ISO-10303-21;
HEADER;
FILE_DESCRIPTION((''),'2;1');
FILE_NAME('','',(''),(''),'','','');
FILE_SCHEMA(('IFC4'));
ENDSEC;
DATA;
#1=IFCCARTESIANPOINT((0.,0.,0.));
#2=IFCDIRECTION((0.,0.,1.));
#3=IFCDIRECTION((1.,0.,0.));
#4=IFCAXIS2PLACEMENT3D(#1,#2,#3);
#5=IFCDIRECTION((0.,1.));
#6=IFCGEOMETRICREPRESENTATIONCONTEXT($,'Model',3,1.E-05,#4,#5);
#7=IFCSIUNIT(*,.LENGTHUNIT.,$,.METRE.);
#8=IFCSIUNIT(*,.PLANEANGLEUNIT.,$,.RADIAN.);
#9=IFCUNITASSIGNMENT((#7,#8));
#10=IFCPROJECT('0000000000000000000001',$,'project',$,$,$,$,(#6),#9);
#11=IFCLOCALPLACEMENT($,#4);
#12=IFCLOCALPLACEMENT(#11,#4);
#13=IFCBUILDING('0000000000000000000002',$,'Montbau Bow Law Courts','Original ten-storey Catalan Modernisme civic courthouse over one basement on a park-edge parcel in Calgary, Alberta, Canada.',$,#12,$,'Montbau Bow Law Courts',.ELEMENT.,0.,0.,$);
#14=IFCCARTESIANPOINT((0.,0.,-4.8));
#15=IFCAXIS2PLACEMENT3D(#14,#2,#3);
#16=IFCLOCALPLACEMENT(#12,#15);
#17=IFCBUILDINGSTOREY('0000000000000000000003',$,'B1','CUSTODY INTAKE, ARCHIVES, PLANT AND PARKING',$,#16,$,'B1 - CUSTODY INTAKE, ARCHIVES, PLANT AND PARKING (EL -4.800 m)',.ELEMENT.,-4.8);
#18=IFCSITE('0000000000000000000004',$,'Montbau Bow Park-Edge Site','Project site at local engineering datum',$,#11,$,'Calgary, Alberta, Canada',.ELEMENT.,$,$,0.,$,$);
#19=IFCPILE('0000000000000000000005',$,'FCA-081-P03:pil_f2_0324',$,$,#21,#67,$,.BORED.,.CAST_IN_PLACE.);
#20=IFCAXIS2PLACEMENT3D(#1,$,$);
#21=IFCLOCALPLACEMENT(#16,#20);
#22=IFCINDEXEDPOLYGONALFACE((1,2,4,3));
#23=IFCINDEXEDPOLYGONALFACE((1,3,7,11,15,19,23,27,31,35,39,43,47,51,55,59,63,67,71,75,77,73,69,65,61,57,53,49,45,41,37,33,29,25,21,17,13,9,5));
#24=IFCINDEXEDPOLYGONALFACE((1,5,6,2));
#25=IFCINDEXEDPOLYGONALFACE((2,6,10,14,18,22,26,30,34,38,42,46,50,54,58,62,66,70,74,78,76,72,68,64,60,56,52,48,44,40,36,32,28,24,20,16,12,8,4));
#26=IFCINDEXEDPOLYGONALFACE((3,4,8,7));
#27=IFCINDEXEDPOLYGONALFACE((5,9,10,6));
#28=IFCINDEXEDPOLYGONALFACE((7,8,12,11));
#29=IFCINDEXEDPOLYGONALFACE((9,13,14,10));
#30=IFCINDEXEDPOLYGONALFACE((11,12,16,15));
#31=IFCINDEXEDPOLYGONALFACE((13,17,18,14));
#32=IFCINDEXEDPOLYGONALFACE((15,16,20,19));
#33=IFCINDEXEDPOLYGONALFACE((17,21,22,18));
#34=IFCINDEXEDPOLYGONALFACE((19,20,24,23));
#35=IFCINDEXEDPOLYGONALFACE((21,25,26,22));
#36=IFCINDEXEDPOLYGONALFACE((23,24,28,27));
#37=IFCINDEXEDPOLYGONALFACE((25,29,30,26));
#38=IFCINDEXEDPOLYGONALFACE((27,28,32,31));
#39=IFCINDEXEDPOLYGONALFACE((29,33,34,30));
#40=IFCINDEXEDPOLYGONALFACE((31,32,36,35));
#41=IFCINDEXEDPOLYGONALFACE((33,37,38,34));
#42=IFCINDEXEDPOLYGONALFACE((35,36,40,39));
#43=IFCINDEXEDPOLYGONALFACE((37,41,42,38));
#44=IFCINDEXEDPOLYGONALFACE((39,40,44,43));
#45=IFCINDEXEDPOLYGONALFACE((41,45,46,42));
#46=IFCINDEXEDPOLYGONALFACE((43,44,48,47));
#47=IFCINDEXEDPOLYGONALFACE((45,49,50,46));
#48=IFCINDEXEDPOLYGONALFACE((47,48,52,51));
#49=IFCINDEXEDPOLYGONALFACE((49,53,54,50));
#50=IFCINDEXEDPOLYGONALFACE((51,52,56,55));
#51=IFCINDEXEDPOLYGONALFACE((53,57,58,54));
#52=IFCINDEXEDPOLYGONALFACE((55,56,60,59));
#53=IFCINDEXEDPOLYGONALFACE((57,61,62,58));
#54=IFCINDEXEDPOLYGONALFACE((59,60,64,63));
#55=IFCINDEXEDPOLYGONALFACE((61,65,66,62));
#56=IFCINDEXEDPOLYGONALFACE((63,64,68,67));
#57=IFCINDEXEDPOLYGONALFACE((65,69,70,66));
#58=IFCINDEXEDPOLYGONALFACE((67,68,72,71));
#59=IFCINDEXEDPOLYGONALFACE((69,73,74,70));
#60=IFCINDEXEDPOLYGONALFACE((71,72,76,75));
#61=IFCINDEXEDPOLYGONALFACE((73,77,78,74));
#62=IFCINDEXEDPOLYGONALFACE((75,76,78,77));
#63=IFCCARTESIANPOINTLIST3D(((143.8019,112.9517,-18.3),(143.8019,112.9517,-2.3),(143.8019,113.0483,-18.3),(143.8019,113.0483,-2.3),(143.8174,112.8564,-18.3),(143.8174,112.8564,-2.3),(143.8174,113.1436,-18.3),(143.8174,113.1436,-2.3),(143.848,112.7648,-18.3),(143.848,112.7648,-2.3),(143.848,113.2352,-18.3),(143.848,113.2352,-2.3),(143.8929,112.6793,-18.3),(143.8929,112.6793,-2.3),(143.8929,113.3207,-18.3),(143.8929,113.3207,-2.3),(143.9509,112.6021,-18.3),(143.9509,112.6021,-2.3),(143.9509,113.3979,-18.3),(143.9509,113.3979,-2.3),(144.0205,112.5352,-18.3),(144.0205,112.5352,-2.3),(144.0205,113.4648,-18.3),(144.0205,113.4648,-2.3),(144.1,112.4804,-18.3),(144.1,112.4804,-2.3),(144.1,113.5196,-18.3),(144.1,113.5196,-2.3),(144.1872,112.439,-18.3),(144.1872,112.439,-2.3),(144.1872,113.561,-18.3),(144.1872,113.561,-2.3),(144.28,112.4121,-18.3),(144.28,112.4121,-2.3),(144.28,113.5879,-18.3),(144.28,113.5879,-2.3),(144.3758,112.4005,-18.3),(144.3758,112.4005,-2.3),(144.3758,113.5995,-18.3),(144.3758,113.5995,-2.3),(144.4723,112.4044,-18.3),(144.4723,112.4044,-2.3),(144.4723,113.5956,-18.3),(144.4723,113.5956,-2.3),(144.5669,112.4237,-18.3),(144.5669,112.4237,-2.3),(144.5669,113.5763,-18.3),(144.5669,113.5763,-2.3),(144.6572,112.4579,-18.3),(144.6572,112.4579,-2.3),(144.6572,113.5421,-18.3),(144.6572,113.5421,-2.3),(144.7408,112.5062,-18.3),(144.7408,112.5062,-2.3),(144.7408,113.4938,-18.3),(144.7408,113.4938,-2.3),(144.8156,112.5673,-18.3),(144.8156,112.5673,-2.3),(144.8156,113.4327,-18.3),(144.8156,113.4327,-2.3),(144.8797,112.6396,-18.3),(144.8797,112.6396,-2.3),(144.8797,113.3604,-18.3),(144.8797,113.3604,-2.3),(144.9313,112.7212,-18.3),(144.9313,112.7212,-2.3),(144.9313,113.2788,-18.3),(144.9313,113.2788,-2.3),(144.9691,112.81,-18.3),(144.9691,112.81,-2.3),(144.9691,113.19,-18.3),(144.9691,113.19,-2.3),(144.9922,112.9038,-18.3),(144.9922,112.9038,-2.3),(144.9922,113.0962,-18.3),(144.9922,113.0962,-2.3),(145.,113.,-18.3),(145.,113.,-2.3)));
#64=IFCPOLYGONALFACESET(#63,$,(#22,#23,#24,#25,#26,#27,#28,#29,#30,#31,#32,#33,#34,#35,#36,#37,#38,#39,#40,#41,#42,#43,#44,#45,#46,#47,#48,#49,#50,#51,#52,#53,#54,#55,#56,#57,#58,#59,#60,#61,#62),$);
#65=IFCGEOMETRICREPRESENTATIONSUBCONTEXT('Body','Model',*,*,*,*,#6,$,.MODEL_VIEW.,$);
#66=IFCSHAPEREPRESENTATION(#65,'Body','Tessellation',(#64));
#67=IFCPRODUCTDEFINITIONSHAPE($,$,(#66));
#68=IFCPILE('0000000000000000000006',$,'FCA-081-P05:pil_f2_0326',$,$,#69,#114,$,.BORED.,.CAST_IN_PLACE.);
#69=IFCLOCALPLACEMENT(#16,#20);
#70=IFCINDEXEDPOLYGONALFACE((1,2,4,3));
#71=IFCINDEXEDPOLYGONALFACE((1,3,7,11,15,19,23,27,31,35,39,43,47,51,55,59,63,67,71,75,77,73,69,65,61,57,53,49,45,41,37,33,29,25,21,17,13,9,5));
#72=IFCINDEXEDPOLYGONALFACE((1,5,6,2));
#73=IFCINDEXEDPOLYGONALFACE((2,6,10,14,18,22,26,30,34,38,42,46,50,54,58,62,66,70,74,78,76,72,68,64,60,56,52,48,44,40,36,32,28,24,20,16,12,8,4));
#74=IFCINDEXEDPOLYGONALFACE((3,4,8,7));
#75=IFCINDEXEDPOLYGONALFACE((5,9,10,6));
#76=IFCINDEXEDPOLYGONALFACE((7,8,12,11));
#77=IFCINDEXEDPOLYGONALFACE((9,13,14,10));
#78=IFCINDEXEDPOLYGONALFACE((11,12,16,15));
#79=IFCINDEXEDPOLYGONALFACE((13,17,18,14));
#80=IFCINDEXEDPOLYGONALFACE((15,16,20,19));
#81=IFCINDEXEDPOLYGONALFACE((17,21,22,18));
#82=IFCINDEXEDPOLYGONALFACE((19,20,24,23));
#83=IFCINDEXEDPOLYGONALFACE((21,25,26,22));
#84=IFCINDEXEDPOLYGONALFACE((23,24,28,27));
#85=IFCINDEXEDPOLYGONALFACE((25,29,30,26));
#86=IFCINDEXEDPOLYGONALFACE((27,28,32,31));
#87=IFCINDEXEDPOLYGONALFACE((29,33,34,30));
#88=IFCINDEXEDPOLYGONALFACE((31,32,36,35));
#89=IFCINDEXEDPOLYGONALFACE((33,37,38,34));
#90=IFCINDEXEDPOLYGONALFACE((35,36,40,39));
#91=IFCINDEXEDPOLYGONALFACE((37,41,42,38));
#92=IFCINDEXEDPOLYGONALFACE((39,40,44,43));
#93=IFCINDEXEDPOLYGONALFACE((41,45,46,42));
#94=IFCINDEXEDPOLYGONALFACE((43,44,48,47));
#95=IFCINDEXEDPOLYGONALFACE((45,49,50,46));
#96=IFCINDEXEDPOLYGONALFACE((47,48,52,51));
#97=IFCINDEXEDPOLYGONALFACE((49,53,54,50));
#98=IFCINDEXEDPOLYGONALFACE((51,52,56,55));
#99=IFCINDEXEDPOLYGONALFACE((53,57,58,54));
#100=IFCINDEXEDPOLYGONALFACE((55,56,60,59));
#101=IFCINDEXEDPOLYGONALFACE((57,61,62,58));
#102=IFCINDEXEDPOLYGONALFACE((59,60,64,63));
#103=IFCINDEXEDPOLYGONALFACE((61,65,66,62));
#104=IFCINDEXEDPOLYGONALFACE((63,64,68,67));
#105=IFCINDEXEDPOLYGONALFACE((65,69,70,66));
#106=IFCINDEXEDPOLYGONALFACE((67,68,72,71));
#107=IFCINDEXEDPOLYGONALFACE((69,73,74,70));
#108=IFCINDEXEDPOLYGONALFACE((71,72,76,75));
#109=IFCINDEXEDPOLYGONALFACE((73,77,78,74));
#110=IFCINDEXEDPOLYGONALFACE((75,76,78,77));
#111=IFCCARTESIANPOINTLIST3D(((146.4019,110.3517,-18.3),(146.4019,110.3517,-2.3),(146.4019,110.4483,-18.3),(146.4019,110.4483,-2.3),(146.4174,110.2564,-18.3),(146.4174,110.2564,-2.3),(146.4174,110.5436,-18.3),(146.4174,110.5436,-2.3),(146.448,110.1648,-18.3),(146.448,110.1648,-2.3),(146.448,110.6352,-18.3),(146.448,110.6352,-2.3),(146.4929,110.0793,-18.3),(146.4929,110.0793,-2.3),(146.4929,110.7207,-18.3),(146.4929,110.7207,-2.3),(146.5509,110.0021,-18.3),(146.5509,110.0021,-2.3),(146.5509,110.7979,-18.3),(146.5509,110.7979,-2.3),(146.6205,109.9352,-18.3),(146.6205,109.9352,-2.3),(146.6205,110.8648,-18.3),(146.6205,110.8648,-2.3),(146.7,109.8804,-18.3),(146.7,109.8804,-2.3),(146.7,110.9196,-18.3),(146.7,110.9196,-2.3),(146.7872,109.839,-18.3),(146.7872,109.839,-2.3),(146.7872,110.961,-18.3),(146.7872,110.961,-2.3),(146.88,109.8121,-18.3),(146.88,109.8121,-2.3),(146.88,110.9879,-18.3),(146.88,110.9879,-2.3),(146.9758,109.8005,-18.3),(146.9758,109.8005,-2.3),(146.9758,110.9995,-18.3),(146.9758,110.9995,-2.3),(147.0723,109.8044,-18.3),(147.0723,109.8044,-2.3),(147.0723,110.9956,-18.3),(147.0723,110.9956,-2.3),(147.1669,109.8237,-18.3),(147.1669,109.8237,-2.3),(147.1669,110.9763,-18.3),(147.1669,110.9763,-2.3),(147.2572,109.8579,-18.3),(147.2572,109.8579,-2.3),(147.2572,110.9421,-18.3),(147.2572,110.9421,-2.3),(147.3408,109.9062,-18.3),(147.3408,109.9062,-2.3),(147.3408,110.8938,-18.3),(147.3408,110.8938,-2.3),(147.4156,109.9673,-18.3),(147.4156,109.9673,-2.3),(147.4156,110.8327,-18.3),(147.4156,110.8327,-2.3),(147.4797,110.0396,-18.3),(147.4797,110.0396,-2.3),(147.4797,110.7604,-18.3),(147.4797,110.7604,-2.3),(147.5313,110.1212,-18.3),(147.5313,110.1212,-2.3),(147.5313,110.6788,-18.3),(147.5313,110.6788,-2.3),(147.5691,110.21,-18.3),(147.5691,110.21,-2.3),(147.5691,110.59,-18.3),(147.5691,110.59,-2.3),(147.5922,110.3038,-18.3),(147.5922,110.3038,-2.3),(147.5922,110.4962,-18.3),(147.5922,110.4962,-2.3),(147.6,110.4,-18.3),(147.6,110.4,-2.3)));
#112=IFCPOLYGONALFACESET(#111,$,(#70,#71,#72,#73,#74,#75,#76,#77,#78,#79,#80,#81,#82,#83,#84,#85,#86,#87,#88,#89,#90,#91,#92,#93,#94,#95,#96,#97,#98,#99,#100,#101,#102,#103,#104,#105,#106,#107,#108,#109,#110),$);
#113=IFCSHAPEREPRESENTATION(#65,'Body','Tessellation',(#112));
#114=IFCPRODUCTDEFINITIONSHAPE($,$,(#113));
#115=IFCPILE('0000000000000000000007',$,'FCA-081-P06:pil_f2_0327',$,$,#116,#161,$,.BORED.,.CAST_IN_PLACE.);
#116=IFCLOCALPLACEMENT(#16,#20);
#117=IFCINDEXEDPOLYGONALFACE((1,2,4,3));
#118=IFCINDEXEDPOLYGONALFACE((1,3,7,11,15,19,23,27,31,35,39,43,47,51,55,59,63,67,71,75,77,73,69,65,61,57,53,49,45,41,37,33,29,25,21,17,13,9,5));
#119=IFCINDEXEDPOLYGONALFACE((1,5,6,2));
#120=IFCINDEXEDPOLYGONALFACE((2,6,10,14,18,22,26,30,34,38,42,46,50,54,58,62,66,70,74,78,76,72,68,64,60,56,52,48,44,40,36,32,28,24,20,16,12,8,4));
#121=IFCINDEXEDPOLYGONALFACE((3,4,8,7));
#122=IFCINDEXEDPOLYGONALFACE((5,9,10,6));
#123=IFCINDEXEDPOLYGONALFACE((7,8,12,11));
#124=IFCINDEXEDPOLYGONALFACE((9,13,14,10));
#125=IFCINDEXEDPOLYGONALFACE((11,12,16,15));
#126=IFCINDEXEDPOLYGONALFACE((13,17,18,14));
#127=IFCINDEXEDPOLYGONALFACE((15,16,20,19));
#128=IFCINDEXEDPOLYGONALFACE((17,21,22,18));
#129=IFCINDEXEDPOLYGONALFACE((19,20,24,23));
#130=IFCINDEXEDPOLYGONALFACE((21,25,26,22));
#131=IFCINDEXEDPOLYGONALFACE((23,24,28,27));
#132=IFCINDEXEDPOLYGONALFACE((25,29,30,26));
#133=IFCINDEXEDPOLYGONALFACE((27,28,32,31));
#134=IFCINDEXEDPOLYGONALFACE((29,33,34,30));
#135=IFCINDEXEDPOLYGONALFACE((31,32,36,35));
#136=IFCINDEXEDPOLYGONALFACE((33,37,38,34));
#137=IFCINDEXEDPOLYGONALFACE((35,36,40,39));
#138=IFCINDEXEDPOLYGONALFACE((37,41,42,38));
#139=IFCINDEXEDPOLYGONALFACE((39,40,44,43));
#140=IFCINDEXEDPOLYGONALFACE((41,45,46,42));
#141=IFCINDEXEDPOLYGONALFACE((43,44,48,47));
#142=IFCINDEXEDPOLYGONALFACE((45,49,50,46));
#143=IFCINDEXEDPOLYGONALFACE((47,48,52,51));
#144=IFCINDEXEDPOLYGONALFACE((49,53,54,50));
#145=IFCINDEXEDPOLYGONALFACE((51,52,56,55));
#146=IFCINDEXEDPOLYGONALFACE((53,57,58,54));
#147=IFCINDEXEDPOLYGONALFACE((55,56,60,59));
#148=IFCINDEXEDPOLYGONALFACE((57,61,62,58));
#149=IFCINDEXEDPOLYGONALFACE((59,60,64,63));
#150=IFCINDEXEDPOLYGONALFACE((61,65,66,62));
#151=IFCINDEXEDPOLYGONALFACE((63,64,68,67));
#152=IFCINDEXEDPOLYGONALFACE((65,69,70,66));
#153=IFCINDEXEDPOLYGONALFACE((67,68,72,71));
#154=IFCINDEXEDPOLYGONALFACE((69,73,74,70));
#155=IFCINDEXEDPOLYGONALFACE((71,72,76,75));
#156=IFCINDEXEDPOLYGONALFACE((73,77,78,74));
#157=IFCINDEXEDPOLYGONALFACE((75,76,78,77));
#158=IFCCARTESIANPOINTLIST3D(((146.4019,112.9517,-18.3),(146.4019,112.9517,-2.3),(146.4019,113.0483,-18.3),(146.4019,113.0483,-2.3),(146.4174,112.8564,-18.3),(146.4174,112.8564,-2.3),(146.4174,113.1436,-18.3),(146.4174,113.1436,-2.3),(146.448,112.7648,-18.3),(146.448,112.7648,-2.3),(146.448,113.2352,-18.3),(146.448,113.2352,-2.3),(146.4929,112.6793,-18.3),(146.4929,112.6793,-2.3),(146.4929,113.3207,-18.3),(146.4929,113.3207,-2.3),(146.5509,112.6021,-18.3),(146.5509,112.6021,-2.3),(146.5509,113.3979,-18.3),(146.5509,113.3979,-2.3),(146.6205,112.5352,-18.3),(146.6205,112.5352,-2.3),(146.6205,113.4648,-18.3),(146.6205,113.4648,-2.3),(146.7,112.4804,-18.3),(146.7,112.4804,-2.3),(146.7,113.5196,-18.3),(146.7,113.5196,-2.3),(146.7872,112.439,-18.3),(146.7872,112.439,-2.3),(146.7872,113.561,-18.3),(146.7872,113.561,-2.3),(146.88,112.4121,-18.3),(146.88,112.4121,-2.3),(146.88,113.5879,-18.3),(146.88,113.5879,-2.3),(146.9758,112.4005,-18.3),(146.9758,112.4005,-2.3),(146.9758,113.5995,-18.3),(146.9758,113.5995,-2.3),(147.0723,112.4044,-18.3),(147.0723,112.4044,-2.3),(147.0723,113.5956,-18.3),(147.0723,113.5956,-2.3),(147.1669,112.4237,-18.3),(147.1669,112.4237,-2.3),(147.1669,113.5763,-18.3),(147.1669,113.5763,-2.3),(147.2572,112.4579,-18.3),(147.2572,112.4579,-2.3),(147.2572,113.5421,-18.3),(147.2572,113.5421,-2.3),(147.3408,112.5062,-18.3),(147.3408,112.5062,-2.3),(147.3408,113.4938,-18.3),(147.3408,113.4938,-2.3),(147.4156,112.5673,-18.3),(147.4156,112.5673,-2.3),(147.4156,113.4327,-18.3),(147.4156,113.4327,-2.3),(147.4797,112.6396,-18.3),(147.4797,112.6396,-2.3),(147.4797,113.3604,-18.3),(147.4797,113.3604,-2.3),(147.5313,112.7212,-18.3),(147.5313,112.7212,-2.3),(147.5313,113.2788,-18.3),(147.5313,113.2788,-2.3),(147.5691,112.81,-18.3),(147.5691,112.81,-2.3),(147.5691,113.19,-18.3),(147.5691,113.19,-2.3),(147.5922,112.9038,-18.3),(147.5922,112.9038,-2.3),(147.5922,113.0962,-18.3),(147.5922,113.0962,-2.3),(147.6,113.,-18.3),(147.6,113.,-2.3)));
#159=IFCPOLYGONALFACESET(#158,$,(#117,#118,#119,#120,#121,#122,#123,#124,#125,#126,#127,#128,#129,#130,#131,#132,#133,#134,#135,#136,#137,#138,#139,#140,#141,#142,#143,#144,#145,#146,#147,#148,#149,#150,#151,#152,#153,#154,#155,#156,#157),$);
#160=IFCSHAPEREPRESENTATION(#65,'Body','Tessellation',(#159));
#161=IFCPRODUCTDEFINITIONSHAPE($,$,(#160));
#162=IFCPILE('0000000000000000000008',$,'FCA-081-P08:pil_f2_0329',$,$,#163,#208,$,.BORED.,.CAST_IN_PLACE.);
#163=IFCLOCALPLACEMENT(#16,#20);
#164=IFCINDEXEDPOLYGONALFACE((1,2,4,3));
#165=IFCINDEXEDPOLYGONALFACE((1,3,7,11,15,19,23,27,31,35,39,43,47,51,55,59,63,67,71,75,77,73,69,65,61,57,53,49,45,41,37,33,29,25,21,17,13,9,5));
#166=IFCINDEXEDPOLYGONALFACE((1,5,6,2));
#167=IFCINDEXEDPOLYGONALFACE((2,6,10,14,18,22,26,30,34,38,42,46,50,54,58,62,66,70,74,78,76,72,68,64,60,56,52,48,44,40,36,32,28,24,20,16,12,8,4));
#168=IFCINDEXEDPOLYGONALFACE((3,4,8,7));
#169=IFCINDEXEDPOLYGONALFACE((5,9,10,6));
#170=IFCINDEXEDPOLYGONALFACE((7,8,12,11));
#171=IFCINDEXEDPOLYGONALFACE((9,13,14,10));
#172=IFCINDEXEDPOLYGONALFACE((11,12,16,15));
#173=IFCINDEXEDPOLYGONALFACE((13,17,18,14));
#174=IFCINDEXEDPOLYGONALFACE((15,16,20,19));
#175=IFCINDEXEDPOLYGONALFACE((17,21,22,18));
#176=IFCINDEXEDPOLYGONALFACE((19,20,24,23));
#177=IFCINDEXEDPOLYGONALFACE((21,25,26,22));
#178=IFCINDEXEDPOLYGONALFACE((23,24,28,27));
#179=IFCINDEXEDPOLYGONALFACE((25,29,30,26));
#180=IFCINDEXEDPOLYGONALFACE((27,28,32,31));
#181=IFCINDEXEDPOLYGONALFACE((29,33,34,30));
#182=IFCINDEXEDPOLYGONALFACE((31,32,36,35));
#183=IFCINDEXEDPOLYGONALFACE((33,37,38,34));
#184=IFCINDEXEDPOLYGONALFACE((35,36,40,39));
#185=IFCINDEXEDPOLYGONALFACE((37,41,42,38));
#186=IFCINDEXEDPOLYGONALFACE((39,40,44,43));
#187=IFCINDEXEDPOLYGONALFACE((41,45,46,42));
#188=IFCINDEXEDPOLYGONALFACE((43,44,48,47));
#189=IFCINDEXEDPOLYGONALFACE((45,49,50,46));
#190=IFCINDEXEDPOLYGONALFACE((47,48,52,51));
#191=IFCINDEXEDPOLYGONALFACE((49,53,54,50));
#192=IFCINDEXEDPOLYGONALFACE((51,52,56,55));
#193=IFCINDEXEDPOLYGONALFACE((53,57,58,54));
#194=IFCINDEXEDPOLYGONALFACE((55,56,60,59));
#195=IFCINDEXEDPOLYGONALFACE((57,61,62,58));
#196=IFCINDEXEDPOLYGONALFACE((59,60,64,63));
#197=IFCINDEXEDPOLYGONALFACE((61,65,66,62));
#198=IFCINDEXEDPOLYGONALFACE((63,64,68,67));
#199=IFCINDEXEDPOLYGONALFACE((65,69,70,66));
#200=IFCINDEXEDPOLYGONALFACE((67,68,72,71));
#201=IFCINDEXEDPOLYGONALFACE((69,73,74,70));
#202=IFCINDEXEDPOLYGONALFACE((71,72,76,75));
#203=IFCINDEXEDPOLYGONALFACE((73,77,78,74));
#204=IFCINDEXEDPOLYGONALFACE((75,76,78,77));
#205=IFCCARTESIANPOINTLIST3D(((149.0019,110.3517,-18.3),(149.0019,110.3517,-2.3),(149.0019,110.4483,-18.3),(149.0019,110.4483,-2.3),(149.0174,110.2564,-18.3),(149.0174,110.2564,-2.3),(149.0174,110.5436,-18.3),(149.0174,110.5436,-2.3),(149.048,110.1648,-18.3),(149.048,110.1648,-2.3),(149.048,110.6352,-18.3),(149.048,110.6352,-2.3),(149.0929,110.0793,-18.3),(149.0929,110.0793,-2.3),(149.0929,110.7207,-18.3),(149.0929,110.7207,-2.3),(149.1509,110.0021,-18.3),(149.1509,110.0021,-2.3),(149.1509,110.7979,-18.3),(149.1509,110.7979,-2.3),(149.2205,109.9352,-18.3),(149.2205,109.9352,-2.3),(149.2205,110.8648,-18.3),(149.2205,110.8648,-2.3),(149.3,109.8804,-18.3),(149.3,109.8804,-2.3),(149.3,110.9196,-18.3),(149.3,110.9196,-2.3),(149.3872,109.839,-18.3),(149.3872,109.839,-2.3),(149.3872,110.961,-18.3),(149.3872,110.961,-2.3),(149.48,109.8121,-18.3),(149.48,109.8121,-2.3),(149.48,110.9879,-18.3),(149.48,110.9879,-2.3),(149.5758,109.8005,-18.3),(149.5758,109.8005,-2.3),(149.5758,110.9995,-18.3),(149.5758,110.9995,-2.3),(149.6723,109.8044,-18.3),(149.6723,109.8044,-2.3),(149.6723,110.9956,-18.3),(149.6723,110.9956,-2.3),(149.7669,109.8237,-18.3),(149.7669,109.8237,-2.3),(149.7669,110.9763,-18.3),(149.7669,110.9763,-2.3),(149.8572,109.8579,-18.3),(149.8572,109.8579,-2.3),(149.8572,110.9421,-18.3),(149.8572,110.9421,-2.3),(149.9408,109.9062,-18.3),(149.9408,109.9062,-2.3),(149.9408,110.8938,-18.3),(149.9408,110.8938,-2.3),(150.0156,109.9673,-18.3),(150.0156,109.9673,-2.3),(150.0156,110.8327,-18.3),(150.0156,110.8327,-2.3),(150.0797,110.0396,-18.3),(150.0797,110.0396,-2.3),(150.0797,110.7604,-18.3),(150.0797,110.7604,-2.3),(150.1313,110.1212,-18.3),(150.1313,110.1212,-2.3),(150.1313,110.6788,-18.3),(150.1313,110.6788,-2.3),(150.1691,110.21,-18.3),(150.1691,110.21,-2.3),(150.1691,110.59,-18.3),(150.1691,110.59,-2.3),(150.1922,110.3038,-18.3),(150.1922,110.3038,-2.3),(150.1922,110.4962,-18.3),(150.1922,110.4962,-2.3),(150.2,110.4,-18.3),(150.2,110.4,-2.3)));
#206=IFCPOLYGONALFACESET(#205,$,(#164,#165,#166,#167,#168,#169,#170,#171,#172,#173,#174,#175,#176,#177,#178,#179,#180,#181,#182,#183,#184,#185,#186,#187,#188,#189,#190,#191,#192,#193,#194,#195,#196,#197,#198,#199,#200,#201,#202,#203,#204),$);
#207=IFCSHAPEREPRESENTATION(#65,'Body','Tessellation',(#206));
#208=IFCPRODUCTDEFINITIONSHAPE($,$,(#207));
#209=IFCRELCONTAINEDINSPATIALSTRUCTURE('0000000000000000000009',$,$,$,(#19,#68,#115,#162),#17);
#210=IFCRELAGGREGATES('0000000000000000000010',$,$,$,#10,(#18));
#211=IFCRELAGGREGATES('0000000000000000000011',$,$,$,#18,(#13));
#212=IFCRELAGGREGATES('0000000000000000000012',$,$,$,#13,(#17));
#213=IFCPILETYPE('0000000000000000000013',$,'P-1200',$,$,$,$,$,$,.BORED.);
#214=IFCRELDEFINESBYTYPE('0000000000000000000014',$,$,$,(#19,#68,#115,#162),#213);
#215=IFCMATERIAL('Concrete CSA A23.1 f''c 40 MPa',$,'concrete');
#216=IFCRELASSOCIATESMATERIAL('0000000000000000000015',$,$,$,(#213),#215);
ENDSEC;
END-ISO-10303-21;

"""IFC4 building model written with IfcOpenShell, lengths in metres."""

from ifc_helpers import new_model, si_unit, direction, frame, origin_with_axes, origin_2d_with_axis, place, context, subcontext, project, spatial, circle, extrude, material, material_profile, profile_set, type_object, element, save


model = new_model("IFC4")

# Units and contexts
model_context = context("Model", 3, precision=1e-05, world=origin_with_axes(), true_north=direction((0.0, 1.0)))
body_context = subcontext(model_context, "Body", "Model", "MODEL_VIEW")
ifc_project = project(units=[si_unit("LENGTHUNIT", "METRE"), si_unit("PLANEANGLEUNIT", "RADIAN")], contexts=[model_context])

# Site, building, storey
site_placement = place(None, origin_with_axes())
site = spatial("IfcSite", under=ifc_project, at=site_placement, Name="Montbau Bow Park-Edge Site", Description="Project site at local engineering datum", LongName="Calgary, Alberta, Canada", CompositionType="ELEMENT", RefElevation=0.0)
building_placement = place(site_placement, origin_with_axes())
building = spatial("IfcBuilding", under=site, at=building_placement, Name="Montbau Bow Law Courts", Description="Original ten-storey Catalan Modernisme civic courthouse over one basement on a park-edge parcel in Calgary, Alberta, Canada.", LongName="Montbau Bow Law Courts", CompositionType="ELEMENT", ElevationOfRefHeight=0.0, ElevationOfTerrain=0.0)
storey_placement = place(building_placement, frame((0.0, 0.0, -4.8), z_axis=(0.0, 0.0, 1.0), x_axis=(1.0, 0.0, 0.0)))
storey = spatial("IfcBuildingStorey", under=building, at=storey_placement, Name="B1", Description="CUSTODY INTAKE, ARCHIVES, PLANT AND PARKING", LongName="B1 - CUSTODY INTAKE, ARCHIVES, PLANT AND PARKING (EL -4.800 m)", CompositionType="ELEMENT", Elevation=-4.8)

# Piles
ifc_material_1 = material(Name="Concrete CSA A23.1 f'c 40 MPa", Category="concrete")
ifc_material_profile_1 = material_profile(ifc_material_1, circle(Radius=0.6, at=origin_2d_with_axis()), Name="BP1200", Category="Main", Priority=0)
ifc_profile_set_1 = profile_set([ifc_material_profile_1], Name="Concrete CSA A23.1 f'c 40 MPa")
pile_type_1 = type_object("IfcPileType", Name="P-1200", PredefinedType="BORED", material=ifc_profile_set_1)
for number, where, z_axis, x_axis, name in (
    (1, (144.4, 113.0, -23.1), (0.0, 0.0, 1.0), (1.0, 0.0, 0.0), "FCA-081-P03:pil_f2_0324"),
    (2, (147.0, 110.4, -23.1), (0.0, 0.0, 1.0), (1.0, 0.0, 0.0), "FCA-081-P05:pil_f2_0326"),
    (3, (147.0, 113.0, -23.1), (0.0, 0.0, 1.0), (1.0, 0.0, 0.0), "FCA-081-P06:pil_f2_0327"),
    (4, (149.6, 110.4, -23.1), (0.0, 0.0, 1.0), (1.0, 0.0, 0.0), "FCA-081-P08:pil_f2_0329"),
):
    element("IfcPile", number, at=place(None, frame(where, z_axis=z_axis, x_axis=x_axis)), inside=storey, type_object=pile_type_1, Name=name, ConstructionType="CAST_IN_PLACE", PredefinedType="BORED", context=body_context, shape_type="SweptSolid", body=[
        extrude(circle(Radius=0.6, at=origin_2d_with_axis()), origin_with_axes(), (0.0, 0.0, 1.0), 16.0),
    ])

save(model, "model.ifc")
